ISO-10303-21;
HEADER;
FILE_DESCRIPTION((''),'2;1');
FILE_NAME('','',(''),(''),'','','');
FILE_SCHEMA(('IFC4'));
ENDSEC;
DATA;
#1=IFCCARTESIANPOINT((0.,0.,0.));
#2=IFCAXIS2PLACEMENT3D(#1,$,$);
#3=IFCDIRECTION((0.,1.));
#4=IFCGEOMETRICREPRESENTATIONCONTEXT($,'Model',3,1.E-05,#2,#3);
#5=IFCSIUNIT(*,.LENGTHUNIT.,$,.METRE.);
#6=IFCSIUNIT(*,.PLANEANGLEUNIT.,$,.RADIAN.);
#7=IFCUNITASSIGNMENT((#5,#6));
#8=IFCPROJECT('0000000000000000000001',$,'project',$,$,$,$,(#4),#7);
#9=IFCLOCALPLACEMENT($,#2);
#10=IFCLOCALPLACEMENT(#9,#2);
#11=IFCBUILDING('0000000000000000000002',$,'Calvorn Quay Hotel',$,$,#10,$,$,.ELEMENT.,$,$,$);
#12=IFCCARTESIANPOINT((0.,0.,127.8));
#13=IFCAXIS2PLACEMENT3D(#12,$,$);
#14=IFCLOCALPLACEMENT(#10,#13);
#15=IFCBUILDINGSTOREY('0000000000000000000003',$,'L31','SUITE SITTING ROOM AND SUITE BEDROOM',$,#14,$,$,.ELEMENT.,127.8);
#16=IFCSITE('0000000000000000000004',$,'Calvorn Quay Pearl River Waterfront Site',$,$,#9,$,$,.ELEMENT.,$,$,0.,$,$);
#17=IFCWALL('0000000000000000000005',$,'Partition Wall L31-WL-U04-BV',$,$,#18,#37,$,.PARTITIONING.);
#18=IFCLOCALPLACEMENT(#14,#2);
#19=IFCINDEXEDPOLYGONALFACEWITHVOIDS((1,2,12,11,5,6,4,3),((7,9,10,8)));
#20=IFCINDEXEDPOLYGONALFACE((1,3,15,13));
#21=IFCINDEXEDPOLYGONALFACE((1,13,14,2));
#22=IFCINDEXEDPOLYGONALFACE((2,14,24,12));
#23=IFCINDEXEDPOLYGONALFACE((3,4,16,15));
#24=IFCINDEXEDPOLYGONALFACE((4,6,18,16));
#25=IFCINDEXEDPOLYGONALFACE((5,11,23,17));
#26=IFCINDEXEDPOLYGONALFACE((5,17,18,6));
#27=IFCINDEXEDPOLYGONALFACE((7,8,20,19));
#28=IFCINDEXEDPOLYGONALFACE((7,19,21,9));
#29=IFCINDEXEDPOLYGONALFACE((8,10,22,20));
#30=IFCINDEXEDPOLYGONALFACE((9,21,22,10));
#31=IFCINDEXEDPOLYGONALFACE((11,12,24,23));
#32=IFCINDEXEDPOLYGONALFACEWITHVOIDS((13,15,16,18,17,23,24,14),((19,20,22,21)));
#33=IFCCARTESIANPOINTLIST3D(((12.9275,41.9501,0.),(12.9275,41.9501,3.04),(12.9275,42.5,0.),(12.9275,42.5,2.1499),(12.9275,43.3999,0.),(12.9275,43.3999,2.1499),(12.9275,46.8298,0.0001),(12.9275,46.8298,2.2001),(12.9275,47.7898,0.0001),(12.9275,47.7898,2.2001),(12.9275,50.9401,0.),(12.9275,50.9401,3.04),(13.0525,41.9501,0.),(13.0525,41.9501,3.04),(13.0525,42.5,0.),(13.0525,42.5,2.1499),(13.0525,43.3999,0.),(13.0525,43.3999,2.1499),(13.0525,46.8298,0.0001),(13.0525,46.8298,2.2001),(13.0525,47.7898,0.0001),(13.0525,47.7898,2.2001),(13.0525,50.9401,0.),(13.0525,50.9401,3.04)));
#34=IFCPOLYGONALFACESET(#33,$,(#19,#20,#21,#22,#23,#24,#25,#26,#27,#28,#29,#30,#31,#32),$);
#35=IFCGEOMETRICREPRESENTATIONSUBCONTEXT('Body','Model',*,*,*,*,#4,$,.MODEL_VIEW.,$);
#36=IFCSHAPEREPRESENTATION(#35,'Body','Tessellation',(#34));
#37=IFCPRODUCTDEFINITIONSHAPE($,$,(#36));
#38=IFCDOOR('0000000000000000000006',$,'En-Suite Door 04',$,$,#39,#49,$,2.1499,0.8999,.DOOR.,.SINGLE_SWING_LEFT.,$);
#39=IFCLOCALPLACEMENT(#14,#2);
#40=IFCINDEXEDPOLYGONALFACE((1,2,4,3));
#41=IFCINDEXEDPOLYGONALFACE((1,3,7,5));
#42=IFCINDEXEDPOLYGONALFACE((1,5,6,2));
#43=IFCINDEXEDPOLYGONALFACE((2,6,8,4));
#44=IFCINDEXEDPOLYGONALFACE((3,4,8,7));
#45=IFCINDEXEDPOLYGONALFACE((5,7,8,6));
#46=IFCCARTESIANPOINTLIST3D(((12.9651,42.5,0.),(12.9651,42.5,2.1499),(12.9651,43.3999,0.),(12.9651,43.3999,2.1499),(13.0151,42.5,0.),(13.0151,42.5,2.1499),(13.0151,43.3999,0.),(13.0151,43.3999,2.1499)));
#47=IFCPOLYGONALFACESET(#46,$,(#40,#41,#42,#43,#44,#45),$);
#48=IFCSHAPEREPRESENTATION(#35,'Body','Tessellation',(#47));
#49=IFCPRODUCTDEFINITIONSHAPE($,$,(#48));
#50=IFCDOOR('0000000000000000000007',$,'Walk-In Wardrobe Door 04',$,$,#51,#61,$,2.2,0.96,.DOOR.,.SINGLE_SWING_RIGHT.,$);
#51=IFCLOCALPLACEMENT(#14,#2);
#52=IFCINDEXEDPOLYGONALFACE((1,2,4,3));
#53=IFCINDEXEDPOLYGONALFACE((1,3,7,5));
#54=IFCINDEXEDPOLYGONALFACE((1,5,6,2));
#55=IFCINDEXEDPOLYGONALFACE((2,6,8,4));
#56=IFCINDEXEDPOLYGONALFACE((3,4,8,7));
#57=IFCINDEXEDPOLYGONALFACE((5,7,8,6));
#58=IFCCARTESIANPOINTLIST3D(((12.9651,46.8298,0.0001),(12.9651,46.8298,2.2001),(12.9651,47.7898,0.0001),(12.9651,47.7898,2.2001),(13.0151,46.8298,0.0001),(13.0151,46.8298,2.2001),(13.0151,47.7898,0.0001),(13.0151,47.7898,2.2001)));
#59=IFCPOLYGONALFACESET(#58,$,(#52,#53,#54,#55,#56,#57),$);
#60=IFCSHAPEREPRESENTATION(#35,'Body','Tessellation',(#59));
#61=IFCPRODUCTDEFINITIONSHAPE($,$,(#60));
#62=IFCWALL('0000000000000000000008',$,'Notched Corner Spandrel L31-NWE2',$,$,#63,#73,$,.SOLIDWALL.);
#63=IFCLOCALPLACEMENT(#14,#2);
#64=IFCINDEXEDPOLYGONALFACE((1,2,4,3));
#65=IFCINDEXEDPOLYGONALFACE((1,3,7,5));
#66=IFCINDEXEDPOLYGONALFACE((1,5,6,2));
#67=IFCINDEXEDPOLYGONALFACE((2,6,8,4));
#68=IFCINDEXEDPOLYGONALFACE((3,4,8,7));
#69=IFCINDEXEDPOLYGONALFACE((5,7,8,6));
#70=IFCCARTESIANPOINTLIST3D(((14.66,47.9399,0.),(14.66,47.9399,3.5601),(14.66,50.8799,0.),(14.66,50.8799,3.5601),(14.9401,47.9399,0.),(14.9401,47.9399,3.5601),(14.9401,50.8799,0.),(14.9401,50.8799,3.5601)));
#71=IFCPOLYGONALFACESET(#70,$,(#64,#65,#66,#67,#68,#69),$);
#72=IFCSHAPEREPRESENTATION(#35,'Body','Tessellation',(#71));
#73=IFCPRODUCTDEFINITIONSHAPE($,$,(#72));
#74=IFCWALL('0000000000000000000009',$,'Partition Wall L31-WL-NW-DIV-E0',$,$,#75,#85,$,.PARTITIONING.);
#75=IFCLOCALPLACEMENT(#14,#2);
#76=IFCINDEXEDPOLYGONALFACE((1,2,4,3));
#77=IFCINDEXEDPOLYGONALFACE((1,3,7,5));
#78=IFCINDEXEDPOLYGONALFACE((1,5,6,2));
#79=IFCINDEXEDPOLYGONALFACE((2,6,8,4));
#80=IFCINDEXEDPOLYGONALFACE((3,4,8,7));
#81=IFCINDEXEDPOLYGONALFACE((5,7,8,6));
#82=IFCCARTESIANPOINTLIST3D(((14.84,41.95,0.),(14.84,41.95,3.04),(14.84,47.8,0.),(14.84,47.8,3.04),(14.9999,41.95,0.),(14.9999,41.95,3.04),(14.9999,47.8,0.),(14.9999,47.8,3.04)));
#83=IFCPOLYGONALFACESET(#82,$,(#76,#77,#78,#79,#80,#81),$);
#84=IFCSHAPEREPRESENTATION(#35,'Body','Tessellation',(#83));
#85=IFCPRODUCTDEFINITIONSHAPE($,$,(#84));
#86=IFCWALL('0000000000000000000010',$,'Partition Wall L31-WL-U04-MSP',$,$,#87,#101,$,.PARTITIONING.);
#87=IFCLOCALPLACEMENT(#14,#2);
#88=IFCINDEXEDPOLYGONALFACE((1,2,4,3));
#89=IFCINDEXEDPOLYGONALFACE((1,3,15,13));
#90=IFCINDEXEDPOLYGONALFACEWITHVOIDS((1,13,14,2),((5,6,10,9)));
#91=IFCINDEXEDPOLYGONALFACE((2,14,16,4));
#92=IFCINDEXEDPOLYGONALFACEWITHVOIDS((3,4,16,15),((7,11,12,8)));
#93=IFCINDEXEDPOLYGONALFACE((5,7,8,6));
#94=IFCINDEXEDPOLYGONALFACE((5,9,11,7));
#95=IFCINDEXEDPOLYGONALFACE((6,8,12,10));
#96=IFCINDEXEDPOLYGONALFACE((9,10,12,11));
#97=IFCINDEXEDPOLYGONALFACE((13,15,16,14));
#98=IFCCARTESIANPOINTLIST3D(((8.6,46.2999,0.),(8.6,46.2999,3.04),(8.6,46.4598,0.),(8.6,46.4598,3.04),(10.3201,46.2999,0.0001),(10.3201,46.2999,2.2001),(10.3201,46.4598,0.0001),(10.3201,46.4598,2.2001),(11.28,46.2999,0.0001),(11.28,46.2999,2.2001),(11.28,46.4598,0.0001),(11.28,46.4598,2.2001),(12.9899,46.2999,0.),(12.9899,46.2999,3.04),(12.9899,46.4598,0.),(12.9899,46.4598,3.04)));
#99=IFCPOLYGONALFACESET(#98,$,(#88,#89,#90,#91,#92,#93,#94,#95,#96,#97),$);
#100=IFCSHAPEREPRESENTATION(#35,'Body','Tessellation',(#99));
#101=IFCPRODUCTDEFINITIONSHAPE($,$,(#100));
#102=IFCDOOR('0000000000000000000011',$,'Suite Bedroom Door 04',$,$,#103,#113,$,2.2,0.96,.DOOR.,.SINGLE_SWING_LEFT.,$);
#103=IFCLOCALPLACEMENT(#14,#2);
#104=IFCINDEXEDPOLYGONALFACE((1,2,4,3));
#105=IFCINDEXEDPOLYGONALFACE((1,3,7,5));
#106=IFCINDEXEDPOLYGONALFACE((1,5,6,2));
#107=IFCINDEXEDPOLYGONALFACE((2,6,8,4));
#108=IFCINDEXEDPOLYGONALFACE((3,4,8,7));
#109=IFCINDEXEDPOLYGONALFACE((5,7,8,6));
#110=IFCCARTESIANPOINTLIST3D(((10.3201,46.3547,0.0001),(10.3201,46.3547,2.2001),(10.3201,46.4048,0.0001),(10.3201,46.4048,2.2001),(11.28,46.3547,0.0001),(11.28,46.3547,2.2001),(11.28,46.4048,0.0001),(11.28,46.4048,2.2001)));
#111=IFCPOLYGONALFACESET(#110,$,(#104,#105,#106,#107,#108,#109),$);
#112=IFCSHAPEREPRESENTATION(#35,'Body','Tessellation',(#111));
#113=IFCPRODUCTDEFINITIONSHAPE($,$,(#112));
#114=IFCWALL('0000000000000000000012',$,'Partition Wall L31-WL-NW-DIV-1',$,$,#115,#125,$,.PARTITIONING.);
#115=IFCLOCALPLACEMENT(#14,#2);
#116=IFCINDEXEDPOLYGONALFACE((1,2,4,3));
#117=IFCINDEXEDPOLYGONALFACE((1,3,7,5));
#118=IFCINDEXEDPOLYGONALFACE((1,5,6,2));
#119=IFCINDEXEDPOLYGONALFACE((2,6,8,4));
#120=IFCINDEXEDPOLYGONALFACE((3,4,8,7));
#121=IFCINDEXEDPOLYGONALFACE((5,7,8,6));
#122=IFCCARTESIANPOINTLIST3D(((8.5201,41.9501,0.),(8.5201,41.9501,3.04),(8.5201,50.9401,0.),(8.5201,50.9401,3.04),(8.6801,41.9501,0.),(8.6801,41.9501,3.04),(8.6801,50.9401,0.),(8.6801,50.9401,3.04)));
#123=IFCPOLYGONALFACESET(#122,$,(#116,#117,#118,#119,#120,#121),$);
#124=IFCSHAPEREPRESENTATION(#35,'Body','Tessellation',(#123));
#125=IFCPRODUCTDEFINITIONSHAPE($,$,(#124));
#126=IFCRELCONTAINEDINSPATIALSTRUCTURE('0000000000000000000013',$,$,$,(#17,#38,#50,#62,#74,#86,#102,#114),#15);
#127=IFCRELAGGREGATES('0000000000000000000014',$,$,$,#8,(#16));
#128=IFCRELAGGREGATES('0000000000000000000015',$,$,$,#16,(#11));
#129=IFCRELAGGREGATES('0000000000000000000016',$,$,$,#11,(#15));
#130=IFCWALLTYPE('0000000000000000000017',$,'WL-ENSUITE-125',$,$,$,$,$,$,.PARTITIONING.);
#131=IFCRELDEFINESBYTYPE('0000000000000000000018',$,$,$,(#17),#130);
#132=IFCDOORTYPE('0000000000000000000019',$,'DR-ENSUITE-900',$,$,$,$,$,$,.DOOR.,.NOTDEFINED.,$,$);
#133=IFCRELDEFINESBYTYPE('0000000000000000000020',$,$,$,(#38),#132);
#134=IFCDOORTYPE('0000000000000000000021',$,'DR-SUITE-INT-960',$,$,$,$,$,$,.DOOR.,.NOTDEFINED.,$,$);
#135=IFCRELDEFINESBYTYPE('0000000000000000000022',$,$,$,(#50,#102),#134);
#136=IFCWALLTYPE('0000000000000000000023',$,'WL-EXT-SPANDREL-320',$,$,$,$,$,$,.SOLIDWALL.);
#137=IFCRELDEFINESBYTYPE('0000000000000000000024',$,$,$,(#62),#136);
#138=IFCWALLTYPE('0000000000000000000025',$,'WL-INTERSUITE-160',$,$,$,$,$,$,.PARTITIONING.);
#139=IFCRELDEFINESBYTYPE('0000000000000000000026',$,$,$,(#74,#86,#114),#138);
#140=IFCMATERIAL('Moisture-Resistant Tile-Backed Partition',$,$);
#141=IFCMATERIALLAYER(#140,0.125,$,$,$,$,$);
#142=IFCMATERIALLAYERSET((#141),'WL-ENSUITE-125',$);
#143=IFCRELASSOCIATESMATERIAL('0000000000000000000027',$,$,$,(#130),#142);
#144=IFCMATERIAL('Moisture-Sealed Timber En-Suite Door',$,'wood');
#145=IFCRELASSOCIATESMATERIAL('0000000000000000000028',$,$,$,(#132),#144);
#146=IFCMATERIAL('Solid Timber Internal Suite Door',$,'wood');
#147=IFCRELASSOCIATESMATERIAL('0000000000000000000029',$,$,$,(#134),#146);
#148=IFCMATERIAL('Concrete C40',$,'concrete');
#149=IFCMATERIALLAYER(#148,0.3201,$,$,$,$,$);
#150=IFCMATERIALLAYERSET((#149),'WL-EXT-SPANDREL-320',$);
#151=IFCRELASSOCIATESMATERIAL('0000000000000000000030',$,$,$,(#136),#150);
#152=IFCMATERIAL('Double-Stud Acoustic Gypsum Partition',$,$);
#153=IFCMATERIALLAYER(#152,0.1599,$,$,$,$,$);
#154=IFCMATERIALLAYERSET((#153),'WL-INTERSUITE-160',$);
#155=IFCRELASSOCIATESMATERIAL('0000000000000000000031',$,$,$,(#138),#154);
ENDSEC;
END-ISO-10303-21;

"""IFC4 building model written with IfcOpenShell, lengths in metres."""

from ifc_helpers import new_model, si_unit, direction, frame, frame_2d, origin, place, context, subcontext, project, spatial, rectangle, extrude, material, layer, layer_set, type_object, element, fill, save


model = new_model("IFC4")

# Units and contexts
model_context = context("Model", 3, precision=1e-05, world=origin(), true_north=direction((0.0, 1.0)))
body_context = subcontext(model_context, "Body", "Model", "MODEL_VIEW")
ifc_project = project(units=[si_unit("LENGTHUNIT", "METRE"), si_unit("PLANEANGLEUNIT", "RADIAN")], contexts=[model_context])

# Site, building, storey
site_placement = place(None, origin())
site = spatial("IfcSite", under=ifc_project, at=site_placement, Name="Calvorn Quay Pearl River Waterfront Site", CompositionType="ELEMENT", RefElevation=0.0)
building_placement = place(site_placement, origin())
building = spatial("IfcBuilding", under=site, at=building_placement, Name="Calvorn Quay Hotel", CompositionType="ELEMENT")
storey_placement = place(building_placement, frame((0.0, 0.0, 127.8)))
storey = spatial("IfcBuildingStorey", under=building, at=storey_placement, Name="L31", Description="SUITE SITTING ROOM AND SUITE BEDROOM", CompositionType="ELEMENT", Elevation=127.8)

# Shared definitions
ifc_material_1 = material(Name="Moisture-Resistant Tile-Backed Partition")
ifc_layer_1 = layer(ifc_material_1, 0.125)
ifc_layer_set_1 = layer_set([ifc_layer_1], Name="WL-ENSUITE-125")
wall_type_1 = type_object("IfcWallType", Name="WL-ENSUITE-125", PredefinedType="PARTITIONING", material=ifc_layer_set_1)

# Shared definitions
ifc_material_2 = material(Name="Moisture-Sealed Timber En-Suite Door", Category="wood")
door_type_1 = type_object("IfcDoorType", Name="DR-ENSUITE-900", OperationType="NOTDEFINED", PredefinedType="DOOR", material=ifc_material_2)
ifc_material_3 = material(Name="Solid Timber Internal Suite Door", Category="wood")
door_type_2 = type_object("IfcDoorType", Name="DR-SUITE-INT-960", OperationType="NOTDEFINED", PredefinedType="DOOR", material=ifc_material_3)

# Wall, openings, doors
wall_1_placement = place(storey_placement, frame((12.99, 41.95, 0.0), z_axis=(0.0, 0.0, 1.0), x_axis=(0.0, 1.0, 0.0)))
wall_1 = element("IfcWall", 1, at=wall_1_placement, inside=storey, type_object=wall_type_1, Name="Partition Wall L31-WL-U04-BV", PredefinedType="PARTITIONING", context=body_context, shape_type="SweptSolid", body=[
    extrude(rectangle(XDim=8.99, YDim=0.125, at=frame_2d((4.4951, 0.0))), origin(), (0.0, 0.0, 1.0), 3.04),
])
opening_1_placement = place(wall_1_placement, frame((0.55, 0.0, 0.0)))
opening_1 = element("IfcOpeningElement", 2, at=opening_1_placement, cuts=wall_1, PredefinedType="OPENING", context=body_context, shape_type="SweptSolid", body=[
    extrude(rectangle(XDim=0.8999, YDim=2.1499, at=frame_2d((0.45, 1.075))), frame((0.0, 0.0725, 0.0), z_axis=(0.0, -1.0, 0.0), x_axis=(1.0, 0.0, 0.0)), (0.0, 0.0, 1.0), 0.145),
])
opening_2_placement = place(wall_1_placement, frame((4.8799, 0.0, 0.0)))
opening_2 = element("IfcOpeningElement", 3, at=opening_2_placement, cuts=wall_1, PredefinedType="OPENING", context=body_context, shape_type="SweptSolid", body=[
    extrude(rectangle(XDim=0.96, YDim=2.2, at=frame_2d((0.48, 1.1001))), frame((0.0, 0.0725, 0.0), z_axis=(0.0, -1.0, 0.0), x_axis=(1.0, 0.0, 0.0)), (0.0, 0.0, 1.0), 0.145),
])
door_1_placement = place(opening_1_placement, origin())
door_1 = element("IfcDoor", 4, at=door_1_placement, inside=storey, type_object=door_type_1, Name="En-Suite Door 04", OperationType="SINGLE_SWING_LEFT", OverallHeight=2.1499, OverallWidth=0.8999, PredefinedType="DOOR", context=body_context, shape_type="SweptSolid", body=[
    extrude(rectangle(XDim=0.8999, YDim=2.1499, at=frame_2d((0.45, 1.075))), frame((0.0, 0.0249, 0.0), z_axis=(0.0, -1.0, 0.0), x_axis=(1.0, 0.0, 0.0)), (0.0, 0.0, 1.0), 0.05),
])
fill(opening_1, door_1)
door_2_placement = place(opening_2_placement, origin())
door_2 = element("IfcDoor", 5, at=door_2_placement, inside=storey, type_object=door_type_2, Name="Walk-In Wardrobe Door 04", OperationType="SINGLE_SWING_RIGHT", OverallHeight=2.2, OverallWidth=0.96, PredefinedType="DOOR", context=body_context, shape_type="SweptSolid", body=[
    extrude(rectangle(XDim=0.96, YDim=2.2, at=frame_2d((0.48, 1.1001))), frame((0.0, 0.0249, 0.0), z_axis=(0.0, -1.0, 0.0), x_axis=(1.0, 0.0, 0.0)), (0.0, 0.0, 1.0), 0.05),
])
fill(opening_2, door_2)

# Walls
ifc_material_4 = material(Name="Concrete C40", Category="concrete")
ifc_layer_2 = layer(ifc_material_4, 0.3201)
ifc_layer_set_2 = layer_set([ifc_layer_2], Name="WL-EXT-SPANDREL-320")
wall_type_2 = type_object("IfcWallType", Name="WL-EXT-SPANDREL-320", PredefinedType="SOLIDWALL", material=ifc_layer_set_2)
wall_2_placement = place(storey_placement, frame((14.8, 47.9399, 0.0), z_axis=(0.0, 0.0, 1.0), x_axis=(0.0, 1.0, 0.0)))
element("IfcWall", 6, at=wall_2_placement, inside=storey, type_object=wall_type_2, Name="Notched Corner Spandrel L31-NWE2", PredefinedType="SOLIDWALL", context=body_context, shape_type="SweptSolid", body=[
    extrude(rectangle(XDim=2.9399, YDim=0.28, at=frame_2d((1.47, 0.0))), origin(), (0.0, 0.0, 1.0), 3.5601),
])
ifc_material_5 = material(Name="Double-Stud Acoustic Gypsum Partition")
ifc_layer_3 = layer(ifc_material_5, 0.1599)
ifc_layer_set_3 = layer_set([ifc_layer_3], Name="WL-INTERSUITE-160")
wall_type_3 = type_object("IfcWallType", Name="WL-INTERSUITE-160", PredefinedType="PARTITIONING", material=ifc_layer_set_3)
wall_3_placement = place(storey_placement, frame((14.9199, 41.95, 0.0), z_axis=(0.0, 0.0, 1.0), x_axis=(0.0, 1.0, 0.0)))
element("IfcWall", 7, at=wall_3_placement, inside=storey, type_object=wall_type_3, Name="Partition Wall L31-WL-NW-DIV-E0", PredefinedType="PARTITIONING", context=body_context, shape_type="SweptSolid", body=[
    extrude(rectangle(XDim=5.8501, YDim=0.1599, at=frame_2d((2.925, 0.0))), origin(), (0.0, 0.0, 1.0), 3.04),
])

# Wall, opening, door
wall_4_placement = place(storey_placement, frame((8.6001, 46.3799, 0.0), z_axis=(0.0, 0.0, 1.0), x_axis=(1.0, 0.0, 0.0)))
wall_4 = element("IfcWall", 8, at=wall_4_placement, inside=storey, type_object=wall_type_3, Name="Partition Wall L31-WL-U04-MSP", PredefinedType="PARTITIONING", context=body_context, shape_type="SweptSolid", body=[
    extrude(rectangle(XDim=4.3899, YDim=0.1599, at=frame_2d((2.1948, 0.0))), origin(), (0.0, 0.0, 1.0), 3.04),
])
opening_3_placement = place(wall_4_placement, frame((1.72, 0.0, 0.0)))
opening_3 = element("IfcOpeningElement", 9, at=opening_3_placement, cuts=wall_4, PredefinedType="OPENING", context=body_context, shape_type="SweptSolid", body=[
    extrude(rectangle(XDim=0.96, YDim=2.2, at=frame_2d((0.48, 1.1001))), frame((0.0, 0.0898, 0.0), z_axis=(0.0, -1.0, 0.0), x_axis=(1.0, 0.0, 0.0)), (0.0, 0.0, 1.0), 0.1799),
])
door_3_placement = place(opening_3_placement, origin())
door_3 = element("IfcDoor", 10, at=door_3_placement, inside=storey, type_object=door_type_2, Name="Suite Bedroom Door 04", OperationType="SINGLE_SWING_LEFT", OverallHeight=2.2, OverallWidth=0.96, PredefinedType="DOOR", context=body_context, shape_type="SweptSolid", body=[
    extrude(rectangle(XDim=0.96, YDim=2.2, at=frame_2d((0.48, 1.1001))), frame((0.0, 0.0249, 0.0), z_axis=(0.0, -1.0, 0.0), x_axis=(1.0, 0.0, 0.0)), (0.0, 0.0, 1.0), 0.05),
])
fill(opening_3, door_3)

# Wall
wall_5_placement = place(storey_placement, frame((8.6001, 41.95, 0.0), z_axis=(0.0, 0.0, 1.0), x_axis=(0.0, 1.0, 0.0)))
element("IfcWall", 11, at=wall_5_placement, inside=storey, type_object=wall_type_3, Name="Partition Wall L31-WL-NW-DIV-1", PredefinedType="PARTITIONING", context=body_context, shape_type="SweptSolid", body=[
    extrude(rectangle(XDim=8.99, YDim=0.1599, at=frame_2d((4.4951, 0.0))), origin(), (0.0, 0.0, 1.0), 3.04),
])

save(model, "model.ifc")
